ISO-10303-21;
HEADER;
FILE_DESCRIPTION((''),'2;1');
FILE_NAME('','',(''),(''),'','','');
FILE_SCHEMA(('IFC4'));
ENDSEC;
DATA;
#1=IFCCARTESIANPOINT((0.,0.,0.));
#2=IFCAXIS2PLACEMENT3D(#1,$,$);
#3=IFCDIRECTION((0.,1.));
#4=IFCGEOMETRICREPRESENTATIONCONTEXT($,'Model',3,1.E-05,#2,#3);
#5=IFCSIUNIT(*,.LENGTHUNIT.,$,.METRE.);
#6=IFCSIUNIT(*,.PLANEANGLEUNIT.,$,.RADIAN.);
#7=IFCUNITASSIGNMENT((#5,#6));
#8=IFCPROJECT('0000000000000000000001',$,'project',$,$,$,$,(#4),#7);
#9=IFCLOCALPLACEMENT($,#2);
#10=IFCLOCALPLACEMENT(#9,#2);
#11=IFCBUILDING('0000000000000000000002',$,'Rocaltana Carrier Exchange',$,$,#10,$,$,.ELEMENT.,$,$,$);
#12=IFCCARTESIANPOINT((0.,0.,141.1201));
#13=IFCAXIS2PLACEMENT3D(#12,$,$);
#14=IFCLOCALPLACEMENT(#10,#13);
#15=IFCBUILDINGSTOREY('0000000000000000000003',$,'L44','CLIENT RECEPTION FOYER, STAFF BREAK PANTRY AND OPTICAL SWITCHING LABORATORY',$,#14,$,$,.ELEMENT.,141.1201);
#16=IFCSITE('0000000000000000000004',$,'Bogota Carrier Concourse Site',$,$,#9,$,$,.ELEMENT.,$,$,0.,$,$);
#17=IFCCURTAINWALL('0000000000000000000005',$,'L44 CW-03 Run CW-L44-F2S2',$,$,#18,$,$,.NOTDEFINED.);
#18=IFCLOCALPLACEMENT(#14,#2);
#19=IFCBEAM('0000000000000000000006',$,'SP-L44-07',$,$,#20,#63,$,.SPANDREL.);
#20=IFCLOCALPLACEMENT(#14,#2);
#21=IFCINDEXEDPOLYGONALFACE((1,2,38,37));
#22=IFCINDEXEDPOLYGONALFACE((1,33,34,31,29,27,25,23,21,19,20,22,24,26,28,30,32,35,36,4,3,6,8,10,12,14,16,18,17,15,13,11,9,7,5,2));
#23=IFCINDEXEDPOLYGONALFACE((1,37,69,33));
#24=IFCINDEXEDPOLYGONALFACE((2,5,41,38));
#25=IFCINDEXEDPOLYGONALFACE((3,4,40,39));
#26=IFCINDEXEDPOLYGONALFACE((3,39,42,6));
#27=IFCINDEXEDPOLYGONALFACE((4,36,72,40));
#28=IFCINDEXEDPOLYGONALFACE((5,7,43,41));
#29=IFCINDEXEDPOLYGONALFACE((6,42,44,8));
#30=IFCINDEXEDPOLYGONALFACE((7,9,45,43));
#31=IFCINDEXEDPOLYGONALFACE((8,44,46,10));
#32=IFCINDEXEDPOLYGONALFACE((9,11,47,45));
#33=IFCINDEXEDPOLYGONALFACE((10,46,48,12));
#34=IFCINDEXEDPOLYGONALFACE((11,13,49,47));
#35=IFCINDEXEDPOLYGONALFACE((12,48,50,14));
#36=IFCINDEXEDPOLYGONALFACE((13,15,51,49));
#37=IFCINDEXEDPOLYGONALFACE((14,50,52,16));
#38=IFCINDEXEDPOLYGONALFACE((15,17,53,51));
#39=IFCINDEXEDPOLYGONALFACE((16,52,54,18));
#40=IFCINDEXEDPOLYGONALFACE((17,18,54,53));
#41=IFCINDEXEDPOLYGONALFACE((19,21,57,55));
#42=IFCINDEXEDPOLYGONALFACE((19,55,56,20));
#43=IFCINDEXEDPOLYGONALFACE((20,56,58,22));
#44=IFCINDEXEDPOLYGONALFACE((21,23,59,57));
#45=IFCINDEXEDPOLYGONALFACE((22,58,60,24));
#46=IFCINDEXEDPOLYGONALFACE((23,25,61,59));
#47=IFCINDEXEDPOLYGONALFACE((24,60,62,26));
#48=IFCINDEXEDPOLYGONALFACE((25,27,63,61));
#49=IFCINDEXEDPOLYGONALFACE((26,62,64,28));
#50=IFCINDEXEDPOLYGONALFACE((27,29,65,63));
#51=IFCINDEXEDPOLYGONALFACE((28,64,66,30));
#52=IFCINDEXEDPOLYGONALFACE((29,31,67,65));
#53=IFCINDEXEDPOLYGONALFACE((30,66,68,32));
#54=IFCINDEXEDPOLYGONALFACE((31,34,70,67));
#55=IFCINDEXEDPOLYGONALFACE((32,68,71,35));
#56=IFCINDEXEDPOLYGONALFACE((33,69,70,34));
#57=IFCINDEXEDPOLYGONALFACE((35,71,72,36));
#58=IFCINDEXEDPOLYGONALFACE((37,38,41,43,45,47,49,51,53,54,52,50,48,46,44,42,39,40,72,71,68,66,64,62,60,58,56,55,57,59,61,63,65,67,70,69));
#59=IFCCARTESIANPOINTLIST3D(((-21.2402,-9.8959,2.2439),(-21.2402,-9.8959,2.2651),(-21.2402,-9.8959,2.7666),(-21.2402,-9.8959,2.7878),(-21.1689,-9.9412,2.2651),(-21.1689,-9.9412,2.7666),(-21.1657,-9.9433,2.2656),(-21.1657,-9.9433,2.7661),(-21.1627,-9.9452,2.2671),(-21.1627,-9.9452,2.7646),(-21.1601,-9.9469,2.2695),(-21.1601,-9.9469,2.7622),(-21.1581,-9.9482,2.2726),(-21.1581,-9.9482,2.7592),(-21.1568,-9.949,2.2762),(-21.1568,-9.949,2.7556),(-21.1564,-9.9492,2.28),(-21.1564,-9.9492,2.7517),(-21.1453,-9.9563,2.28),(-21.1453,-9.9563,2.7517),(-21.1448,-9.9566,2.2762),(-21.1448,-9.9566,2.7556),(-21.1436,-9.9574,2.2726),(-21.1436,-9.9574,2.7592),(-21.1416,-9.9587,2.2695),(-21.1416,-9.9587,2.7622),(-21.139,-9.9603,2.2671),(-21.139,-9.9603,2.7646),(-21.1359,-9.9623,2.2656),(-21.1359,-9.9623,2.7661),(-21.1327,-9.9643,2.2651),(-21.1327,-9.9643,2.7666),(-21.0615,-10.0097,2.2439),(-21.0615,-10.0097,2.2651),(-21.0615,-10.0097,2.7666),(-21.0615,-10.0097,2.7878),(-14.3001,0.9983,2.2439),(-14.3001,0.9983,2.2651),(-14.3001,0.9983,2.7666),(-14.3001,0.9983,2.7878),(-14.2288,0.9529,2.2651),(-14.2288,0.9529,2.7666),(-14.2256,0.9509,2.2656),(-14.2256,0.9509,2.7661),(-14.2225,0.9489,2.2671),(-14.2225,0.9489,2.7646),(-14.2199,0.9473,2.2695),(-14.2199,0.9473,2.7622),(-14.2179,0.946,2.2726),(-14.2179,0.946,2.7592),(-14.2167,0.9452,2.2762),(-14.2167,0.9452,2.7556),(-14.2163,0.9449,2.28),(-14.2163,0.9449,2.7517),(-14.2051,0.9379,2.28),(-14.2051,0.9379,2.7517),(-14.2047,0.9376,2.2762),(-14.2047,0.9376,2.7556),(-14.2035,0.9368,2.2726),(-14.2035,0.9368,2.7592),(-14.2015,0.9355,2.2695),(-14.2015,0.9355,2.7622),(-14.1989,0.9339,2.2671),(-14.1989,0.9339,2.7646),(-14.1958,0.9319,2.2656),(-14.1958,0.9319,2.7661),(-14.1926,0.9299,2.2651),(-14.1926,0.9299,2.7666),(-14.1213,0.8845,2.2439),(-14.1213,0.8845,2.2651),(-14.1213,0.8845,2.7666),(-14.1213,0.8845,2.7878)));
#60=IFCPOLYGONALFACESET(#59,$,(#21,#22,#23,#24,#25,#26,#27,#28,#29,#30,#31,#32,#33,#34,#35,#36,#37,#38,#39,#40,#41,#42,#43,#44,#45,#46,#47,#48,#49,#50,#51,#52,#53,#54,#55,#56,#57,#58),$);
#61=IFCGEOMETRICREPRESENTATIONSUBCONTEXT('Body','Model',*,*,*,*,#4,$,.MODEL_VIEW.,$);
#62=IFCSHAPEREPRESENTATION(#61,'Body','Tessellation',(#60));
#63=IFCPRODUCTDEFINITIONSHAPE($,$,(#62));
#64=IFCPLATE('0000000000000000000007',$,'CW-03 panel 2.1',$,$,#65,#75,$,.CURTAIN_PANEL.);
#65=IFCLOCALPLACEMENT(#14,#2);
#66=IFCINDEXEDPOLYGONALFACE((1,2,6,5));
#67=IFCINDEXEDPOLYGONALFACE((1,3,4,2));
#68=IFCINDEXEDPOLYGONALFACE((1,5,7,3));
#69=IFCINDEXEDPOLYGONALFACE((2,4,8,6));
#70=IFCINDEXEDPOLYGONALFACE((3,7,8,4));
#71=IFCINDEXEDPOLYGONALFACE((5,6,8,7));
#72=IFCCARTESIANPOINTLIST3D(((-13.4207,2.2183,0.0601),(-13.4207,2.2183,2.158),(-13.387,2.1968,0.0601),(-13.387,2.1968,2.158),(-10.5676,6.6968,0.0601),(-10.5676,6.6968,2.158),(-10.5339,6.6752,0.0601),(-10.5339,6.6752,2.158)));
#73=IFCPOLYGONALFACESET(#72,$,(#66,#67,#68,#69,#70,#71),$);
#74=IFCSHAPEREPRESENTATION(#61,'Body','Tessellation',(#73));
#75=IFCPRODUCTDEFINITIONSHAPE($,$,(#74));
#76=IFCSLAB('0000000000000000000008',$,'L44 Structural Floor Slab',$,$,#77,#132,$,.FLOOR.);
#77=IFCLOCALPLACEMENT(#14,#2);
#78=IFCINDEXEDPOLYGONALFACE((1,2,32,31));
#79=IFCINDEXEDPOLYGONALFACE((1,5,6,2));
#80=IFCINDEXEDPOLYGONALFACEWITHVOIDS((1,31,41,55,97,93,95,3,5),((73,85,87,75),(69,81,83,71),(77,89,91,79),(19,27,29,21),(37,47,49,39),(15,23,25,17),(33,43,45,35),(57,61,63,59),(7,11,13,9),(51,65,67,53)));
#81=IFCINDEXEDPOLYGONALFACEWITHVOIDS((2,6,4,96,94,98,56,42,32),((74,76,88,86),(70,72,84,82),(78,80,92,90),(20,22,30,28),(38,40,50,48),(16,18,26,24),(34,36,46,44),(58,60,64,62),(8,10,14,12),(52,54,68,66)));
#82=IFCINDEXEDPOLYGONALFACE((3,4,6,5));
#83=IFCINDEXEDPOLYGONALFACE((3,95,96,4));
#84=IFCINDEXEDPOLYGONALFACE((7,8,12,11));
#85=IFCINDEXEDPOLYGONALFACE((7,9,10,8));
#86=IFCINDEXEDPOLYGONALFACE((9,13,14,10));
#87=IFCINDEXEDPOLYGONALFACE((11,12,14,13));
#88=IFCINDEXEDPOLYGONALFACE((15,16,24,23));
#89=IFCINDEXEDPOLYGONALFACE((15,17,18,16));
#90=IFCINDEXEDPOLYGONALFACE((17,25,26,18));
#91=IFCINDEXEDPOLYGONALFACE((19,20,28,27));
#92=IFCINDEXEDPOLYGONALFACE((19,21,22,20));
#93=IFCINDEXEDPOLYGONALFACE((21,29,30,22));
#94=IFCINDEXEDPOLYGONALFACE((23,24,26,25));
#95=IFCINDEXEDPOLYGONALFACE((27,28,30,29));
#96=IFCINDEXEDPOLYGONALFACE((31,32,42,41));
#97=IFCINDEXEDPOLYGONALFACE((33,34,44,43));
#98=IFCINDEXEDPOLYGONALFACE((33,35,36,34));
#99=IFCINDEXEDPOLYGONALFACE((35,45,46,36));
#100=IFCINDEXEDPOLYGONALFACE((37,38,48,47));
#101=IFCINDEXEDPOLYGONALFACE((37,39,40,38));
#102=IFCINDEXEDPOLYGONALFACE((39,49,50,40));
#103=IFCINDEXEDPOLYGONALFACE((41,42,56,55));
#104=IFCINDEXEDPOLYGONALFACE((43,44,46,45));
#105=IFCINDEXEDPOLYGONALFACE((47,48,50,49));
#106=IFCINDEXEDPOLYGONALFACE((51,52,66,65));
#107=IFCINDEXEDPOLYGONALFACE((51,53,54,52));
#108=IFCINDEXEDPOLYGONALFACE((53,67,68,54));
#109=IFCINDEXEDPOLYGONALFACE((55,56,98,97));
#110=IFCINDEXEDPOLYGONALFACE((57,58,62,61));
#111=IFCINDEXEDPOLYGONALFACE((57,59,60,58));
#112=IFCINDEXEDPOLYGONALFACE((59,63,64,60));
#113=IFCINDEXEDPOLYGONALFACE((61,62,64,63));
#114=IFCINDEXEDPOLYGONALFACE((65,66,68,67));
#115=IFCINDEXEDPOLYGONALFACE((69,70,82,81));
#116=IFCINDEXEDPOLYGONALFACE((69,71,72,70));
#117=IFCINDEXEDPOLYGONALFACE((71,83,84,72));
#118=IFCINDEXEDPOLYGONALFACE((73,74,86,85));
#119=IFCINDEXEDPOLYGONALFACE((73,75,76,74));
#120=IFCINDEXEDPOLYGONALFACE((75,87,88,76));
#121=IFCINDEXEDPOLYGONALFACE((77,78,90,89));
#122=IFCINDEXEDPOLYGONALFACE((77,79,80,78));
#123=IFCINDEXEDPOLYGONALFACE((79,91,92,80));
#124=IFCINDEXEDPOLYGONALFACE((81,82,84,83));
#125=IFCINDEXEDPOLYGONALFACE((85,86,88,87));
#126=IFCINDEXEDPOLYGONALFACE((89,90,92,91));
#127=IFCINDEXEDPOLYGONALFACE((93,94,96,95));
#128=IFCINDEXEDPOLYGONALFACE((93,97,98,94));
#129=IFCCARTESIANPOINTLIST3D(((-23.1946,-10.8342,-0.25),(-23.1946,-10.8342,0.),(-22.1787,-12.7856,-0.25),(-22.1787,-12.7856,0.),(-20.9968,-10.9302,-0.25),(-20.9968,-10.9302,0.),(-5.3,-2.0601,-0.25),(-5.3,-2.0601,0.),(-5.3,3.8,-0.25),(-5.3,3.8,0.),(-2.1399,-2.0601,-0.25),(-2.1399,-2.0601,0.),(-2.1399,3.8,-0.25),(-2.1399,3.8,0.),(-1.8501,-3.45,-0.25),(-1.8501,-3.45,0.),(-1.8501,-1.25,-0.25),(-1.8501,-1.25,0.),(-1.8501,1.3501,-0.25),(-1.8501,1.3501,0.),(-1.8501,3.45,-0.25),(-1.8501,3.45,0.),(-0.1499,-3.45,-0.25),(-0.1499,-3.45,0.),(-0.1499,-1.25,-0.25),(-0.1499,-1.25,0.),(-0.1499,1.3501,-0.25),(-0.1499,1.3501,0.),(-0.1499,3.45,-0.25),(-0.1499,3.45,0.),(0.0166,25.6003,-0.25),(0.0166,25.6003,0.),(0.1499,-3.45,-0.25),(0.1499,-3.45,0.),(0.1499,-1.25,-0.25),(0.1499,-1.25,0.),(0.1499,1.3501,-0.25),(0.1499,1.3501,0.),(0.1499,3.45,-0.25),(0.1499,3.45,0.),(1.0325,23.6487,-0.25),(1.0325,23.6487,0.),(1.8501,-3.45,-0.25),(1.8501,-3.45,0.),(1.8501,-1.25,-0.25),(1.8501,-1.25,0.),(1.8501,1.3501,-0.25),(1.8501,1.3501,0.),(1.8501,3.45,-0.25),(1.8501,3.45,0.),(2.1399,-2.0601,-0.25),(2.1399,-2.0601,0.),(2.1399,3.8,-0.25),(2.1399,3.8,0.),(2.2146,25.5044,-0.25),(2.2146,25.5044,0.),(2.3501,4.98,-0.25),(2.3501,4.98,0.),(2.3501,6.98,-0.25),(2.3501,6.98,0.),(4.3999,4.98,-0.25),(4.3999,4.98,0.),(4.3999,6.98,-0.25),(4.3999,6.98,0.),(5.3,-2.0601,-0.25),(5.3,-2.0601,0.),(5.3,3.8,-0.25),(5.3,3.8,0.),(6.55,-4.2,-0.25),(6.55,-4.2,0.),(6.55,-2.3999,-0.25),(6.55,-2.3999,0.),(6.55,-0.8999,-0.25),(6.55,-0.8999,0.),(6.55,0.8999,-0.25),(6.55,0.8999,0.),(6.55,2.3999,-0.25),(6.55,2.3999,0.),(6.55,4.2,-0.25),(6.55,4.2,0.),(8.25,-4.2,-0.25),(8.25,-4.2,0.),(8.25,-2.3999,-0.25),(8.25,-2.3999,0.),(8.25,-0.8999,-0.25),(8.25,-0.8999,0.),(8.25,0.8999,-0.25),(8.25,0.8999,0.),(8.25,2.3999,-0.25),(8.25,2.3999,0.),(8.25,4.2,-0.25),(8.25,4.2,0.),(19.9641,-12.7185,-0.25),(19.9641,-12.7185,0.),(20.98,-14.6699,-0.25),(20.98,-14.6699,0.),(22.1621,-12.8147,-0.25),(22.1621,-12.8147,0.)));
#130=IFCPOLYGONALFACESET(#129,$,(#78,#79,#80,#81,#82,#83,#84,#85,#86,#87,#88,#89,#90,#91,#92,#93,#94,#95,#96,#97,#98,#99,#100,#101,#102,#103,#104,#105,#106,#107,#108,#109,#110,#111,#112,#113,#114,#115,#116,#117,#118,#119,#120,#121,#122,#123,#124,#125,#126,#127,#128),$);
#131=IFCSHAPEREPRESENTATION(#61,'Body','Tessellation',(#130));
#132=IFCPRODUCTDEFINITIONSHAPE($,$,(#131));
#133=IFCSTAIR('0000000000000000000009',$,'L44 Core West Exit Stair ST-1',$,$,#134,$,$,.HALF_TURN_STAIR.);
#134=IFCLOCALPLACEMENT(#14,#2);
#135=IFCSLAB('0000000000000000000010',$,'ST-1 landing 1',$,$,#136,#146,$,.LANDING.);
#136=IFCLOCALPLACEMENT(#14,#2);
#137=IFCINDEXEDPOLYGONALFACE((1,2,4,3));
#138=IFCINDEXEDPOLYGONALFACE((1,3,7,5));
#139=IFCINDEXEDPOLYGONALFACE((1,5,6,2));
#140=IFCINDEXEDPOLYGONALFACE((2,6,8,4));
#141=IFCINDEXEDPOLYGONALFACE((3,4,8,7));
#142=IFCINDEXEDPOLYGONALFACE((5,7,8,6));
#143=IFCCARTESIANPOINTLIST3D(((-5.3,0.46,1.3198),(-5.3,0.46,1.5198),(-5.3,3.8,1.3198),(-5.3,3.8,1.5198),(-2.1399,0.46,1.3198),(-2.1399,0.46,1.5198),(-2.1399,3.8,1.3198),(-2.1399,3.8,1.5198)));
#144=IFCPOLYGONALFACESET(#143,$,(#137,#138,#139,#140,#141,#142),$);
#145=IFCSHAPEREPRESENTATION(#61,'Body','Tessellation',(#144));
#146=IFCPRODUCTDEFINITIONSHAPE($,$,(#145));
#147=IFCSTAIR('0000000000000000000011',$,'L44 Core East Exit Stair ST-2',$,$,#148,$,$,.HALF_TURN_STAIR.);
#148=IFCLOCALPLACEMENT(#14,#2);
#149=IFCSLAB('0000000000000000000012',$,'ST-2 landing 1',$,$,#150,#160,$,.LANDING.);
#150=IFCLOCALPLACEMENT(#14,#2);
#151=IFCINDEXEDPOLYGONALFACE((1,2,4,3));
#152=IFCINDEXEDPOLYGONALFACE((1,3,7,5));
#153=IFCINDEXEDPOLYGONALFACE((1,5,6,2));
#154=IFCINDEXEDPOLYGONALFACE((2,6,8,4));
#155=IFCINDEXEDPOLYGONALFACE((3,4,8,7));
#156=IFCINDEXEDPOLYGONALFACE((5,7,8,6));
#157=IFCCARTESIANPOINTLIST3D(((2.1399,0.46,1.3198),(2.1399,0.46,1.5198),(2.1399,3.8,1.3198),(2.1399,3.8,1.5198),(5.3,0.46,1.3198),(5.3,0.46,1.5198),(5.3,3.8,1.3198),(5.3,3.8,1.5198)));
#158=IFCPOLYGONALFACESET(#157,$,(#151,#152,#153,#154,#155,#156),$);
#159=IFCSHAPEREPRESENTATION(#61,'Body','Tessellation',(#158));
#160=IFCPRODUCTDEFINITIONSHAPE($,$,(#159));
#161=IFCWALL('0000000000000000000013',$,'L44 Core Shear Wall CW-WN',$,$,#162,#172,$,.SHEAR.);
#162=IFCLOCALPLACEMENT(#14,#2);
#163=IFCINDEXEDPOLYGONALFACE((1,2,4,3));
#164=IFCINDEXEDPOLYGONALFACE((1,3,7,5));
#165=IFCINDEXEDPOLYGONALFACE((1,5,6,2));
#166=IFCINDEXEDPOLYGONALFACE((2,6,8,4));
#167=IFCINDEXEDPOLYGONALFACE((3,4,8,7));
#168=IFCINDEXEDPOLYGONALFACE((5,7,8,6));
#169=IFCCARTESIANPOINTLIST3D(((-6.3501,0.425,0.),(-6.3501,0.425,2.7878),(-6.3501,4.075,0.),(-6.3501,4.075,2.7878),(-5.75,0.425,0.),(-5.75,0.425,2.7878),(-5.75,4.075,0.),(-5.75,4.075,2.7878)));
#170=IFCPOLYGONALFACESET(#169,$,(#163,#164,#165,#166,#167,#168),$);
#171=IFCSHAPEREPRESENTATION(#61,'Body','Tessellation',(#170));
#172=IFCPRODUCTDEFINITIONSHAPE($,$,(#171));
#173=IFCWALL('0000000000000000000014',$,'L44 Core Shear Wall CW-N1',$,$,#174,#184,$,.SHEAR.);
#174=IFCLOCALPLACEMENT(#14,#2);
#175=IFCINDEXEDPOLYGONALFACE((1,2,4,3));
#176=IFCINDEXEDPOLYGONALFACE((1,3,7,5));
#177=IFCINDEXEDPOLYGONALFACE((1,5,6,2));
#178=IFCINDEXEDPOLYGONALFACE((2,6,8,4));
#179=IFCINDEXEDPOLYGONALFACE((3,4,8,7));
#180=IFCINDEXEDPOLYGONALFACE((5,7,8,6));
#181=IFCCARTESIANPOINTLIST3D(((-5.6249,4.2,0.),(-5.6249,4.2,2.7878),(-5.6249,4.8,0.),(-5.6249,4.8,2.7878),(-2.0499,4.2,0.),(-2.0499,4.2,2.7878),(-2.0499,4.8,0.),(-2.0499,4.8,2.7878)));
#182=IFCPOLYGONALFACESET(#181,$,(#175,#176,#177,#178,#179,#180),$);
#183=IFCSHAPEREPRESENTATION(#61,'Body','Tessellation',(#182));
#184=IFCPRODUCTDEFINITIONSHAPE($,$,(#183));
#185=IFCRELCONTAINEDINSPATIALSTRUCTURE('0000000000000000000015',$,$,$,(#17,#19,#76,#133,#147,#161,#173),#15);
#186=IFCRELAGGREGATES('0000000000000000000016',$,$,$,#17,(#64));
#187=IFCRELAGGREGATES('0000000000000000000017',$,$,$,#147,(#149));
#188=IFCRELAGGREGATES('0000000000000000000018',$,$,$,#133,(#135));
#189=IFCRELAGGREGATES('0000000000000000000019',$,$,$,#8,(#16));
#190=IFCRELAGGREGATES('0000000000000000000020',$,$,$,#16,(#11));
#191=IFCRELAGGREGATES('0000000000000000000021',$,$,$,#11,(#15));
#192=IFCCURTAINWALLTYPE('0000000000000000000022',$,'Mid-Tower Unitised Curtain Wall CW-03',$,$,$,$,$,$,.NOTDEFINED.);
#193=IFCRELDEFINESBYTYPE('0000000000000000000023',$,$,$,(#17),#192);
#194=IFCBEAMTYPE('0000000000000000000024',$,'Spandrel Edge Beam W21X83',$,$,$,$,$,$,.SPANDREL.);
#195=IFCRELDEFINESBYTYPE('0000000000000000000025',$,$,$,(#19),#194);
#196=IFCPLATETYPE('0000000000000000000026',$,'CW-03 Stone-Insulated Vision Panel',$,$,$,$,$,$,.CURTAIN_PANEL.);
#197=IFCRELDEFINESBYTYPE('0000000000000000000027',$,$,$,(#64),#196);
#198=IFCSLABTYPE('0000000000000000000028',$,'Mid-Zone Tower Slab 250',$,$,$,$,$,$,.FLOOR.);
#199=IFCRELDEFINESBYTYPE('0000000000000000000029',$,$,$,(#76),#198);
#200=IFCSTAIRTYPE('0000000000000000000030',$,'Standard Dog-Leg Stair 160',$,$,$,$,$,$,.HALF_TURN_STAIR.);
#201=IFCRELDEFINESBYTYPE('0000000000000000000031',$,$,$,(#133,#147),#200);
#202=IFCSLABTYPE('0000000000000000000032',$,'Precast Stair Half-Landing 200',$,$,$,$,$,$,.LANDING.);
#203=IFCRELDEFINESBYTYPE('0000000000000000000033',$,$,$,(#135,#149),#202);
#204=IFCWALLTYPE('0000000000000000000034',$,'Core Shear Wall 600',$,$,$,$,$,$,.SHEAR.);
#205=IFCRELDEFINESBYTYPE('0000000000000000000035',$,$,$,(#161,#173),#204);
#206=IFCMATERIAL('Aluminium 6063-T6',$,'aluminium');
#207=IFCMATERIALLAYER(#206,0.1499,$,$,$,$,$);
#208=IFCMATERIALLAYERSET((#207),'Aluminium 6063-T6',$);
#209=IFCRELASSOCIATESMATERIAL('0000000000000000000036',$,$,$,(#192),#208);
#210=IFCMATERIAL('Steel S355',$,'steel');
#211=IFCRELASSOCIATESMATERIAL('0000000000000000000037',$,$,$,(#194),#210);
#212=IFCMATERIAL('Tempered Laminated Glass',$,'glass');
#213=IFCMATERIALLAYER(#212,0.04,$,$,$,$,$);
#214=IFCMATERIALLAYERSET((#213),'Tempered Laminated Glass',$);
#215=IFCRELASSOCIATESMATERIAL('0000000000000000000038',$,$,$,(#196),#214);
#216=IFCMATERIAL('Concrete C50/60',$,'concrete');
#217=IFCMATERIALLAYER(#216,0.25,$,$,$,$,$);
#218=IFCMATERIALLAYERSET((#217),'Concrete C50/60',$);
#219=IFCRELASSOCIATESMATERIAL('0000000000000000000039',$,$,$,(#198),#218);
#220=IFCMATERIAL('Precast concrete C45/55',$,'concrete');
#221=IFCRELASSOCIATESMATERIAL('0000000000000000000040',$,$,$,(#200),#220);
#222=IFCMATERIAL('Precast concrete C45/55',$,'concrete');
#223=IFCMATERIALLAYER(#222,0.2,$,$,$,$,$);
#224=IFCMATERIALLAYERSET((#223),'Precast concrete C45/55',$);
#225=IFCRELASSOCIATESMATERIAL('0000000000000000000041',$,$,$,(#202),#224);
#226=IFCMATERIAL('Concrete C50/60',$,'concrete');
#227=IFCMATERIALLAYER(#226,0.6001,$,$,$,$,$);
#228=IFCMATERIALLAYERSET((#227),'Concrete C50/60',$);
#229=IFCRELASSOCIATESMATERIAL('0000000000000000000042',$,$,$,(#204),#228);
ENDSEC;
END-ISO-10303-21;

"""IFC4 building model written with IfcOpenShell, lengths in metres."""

from ifc_helpers import new_model, si_unit, direction, frame, frame_2d, origin, origin_2d, place, context, subcontext, project, spatial, polyline, rectangle, i_section, outline, extrude, material, layer, layer_set, material_profile, profile_set, type_object, element, aggregate, save


model = new_model("IFC4")

# Units and contexts
model_context = context("Model", 3, precision=1e-05, world=origin(), true_north=direction((0.0, 1.0)))
body_context = subcontext(model_context, "Body", "Model", "MODEL_VIEW")
ifc_project = project(units=[si_unit("LENGTHUNIT", "METRE"), si_unit("PLANEANGLEUNIT", "RADIAN")], contexts=[model_context])

# Site, building, storey
site_placement = place(None, origin())
site = spatial("IfcSite", under=ifc_project, at=site_placement, Name="Bogota Carrier Concourse Site", CompositionType="ELEMENT", RefElevation=0.0)
building_placement = place(site_placement, origin())
building = spatial("IfcBuilding", under=site, at=building_placement, Name="Rocaltana Carrier Exchange", CompositionType="ELEMENT")
storey_placement = place(building_placement, frame((0.0, 0.0, 141.1201)))
storey = spatial("IfcBuildingStorey", under=building, at=storey_placement, Name="L44", Description="CLIENT RECEPTION FOYER, STAFF BREAK PANTRY AND OPTICAL SWITCHING LABORATORY", CompositionType="ELEMENT", Elevation=141.1201)

# Curtain wall
ifc_material_1 = material(Name="Aluminium 6063-T6", Category="aluminium")
ifc_layer_1 = layer(ifc_material_1, 0.1499)
ifc_layer_set_1 = layer_set([ifc_layer_1], Name="Aluminium 6063-T6")
curtain_wall_type = type_object("IfcCurtainWallType", Name="Mid-Tower Unitised Curtain Wall CW-03", PredefinedType="NOTDEFINED", material=ifc_layer_set_1)
curtain_wall_1_placement = place(storey_placement, origin())
curtain_wall_1 = element("IfcCurtainWall", 1, at=curtain_wall_1_placement, inside=storey, type_object=curtain_wall_type, Name="L44 CW-03 Run CW-L44-F2S2", PredefinedType="NOTDEFINED")

# Beam
ifc_material_2 = material(Name="Steel S355", Category="steel")
ifc_material_profile_1 = material_profile(ifc_material_2, i_section(OverallWidth=0.2119, OverallDepth=0.5439, WebThickness=0.0132, FlangeThickness=0.0212, FilletRadius=0.0149, at=origin_2d()), Name="W21X83")
ifc_profile_set_1 = profile_set([ifc_material_profile_1], Name="Steel S355")
beam_type_1 = type_object("IfcBeamType", Name="Spandrel Edge Beam W21X83", PredefinedType="SPANDREL", material=ifc_profile_set_1)
beam_1_placement = place(storey_placement, frame((-14.2107, 0.9414, 2.5159), z_axis=(-0.537286, -0.8434, 0.0), x_axis=(0.8434, -0.537286, 0.0)))
element("IfcBeam", 2, at=beam_1_placement, inside=storey, type_object=beam_type_1, Name="SP-L44-07", PredefinedType="SPANDREL", context=body_context, shape_type="SweptSolid", body=[
    extrude(i_section(OverallWidth=0.2119, OverallDepth=0.5439, WebThickness=0.0132, FlangeThickness=0.0212, FilletRadius=0.0149, at=origin_2d()), origin(), (0.0, 0.0, 1.0), 12.917),
])

# Plate
ifc_material_3 = material(Name="Tempered Laminated Glass", Category="glass")
ifc_layer_2 = layer(ifc_material_3, 0.04)
ifc_layer_set_2 = layer_set([ifc_layer_2], Name="Tempered Laminated Glass")
plate_type = type_object("IfcPlateType", Name="CW-03 Stone-Insulated Vision Panel", PredefinedType="CURTAIN_PANEL", material=ifc_layer_set_2)
plate_placement = place(storey_placement, frame((-11.9773, 4.4468, 0.0601), z_axis=(0.0, 0.0, 1.0), x_axis=(-0.537301, -0.843391, 0.0)))
plate = element("IfcPlate", 3, at=plate_placement, type_object=plate_type, Name="CW-03 panel 2.1", PredefinedType="CURTAIN_PANEL", context=body_context, shape_type="SweptSolid", body=[
    extrude(rectangle(XDim=5.3101, YDim=0.04, at=origin_2d()), origin(), (0.0, 0.0, 1.0), 2.0979),
])
aggregate(curtain_wall_1, [plate])

# Slab
ifc_material_4 = material(Name="Concrete C50/60", Category="concrete")
ifc_layer_3 = layer(ifc_material_4, 0.25)
ifc_layer_set_3 = layer_set([ifc_layer_3], Name="Concrete C50/60")
slab_type_1 = type_object("IfcSlabType", Name="Mid-Zone Tower Slab 250", PredefinedType="FLOOR", material=ifc_layer_set_3)
slab_1_placement = place(storey_placement, frame((0.0, 0.0, -0.25)))
element("IfcSlab", 4, at=slab_1_placement, inside=storey, type_object=slab_type_1, Name="L44 Structural Floor Slab", PredefinedType="FLOOR", context=body_context, shape_type="SweptSolid", body=[
    extrude(outline(polyline([(20.98, -14.6699), (19.9641, -12.7185), (22.1621, -12.8147), (2.2146, 25.5044), (1.0325, 23.6487), (0.0166, 25.6003), (-23.1946, -10.8342), (-20.9968, -10.9302), (-22.1787, -12.7856), (20.98, -14.6699)]), holes=[polyline([(-5.3, -2.0601), (-2.1399, -2.0601), (-2.1399, 3.8), (-5.3, 3.8), (-5.3, -2.0601)]), polyline([(2.1399, -2.0601), (5.3, -2.0601), (5.3, 3.8), (2.1399, 3.8), (2.1399, -2.0601)]), polyline([(-1.8501, -3.45), (-0.1499, -3.45), (-0.1499, -1.25), (-1.8501, -1.25), (-1.8501, -3.45)]), polyline([(0.1499, -3.45), (1.8501, -3.45), (1.8501, -1.25), (0.1499, -1.25), (0.1499, -3.45)]), polyline([(2.3501, 4.98), (4.3999, 4.98), (4.3999, 6.98), (2.3501, 6.98), (2.3501, 4.98)]), polyline([(-1.8501, 1.3501), (-0.1499, 1.3501), (-0.1499, 3.45), (-1.8501, 3.45), (-1.8501, 1.3501)]), polyline([(0.1499, 1.3501), (1.8501, 1.3501), (1.8501, 3.45), (0.1499, 3.45), (0.1499, 1.3501)]), polyline([(6.55, -4.2), (8.25, -4.2), (8.25, -2.3999), (6.55, -2.3999), (6.55, -4.2)]), polyline([(6.55, -0.8999), (8.25, -0.8999), (8.25, 0.8999), (6.55, 0.8999), (6.55, -0.8999)]), polyline([(6.55, 2.3999), (8.25, 2.3999), (8.25, 4.2), (6.55, 4.2), (6.55, 2.3999)])]), origin(), (0.0, 0.0, 1.0), 0.25),
])

# Stairs, slabs
ifc_material_5 = material(Name="Precast concrete C45/55", Category="concrete")
stair_type = type_object("IfcStairType", Name="Standard Dog-Leg Stair 160", PredefinedType="HALF_TURN_STAIR", material=ifc_material_5)
stair_1_placement = place(storey_placement, origin())
stair_1 = element("IfcStair", 5, at=stair_1_placement, inside=storey, type_object=stair_type, Name="L44 Core West Exit Stair ST-1", PredefinedType="HALF_TURN_STAIR")
ifc_material_6 = material(Name="Precast concrete C45/55", Category="concrete")
ifc_layer_4 = layer(ifc_material_6, 0.2)
ifc_layer_set_4 = layer_set([ifc_layer_4], Name="Precast concrete C45/55")
slab_type_2 = type_object("IfcSlabType", Name="Precast Stair Half-Landing 200", PredefinedType="LANDING", material=ifc_layer_set_4)
slab_2_placement = place(storey_placement, frame((0.0, 0.0, 1.3198)))
slab_2 = element("IfcSlab", 6, at=slab_2_placement, type_object=slab_type_2, Name="ST-1 landing 1", PredefinedType="LANDING", context=body_context, shape_type="SweptSolid", body=[
    extrude(outline(polyline([(-2.1399, 0.46), (-2.1399, 3.8), (-5.3, 3.8), (-5.3, 0.46), (-2.1399, 0.46)])), origin(), (0.0, 0.0, 1.0), 0.2),
])
stair_2_placement = place(storey_placement, origin())
stair_2 = element("IfcStair", 7, at=stair_2_placement, inside=storey, type_object=stair_type, Name="L44 Core East Exit Stair ST-2", PredefinedType="HALF_TURN_STAIR")
slab_3_placement = place(storey_placement, frame((0.0, 0.0, 1.3198)))
slab_3 = element("IfcSlab", 8, at=slab_3_placement, type_object=slab_type_2, Name="ST-2 landing 1", PredefinedType="LANDING", context=body_context, shape_type="SweptSolid", body=[
    extrude(outline(polyline([(5.3, 0.46), (5.3, 3.8), (2.1399, 3.8), (2.1399, 0.46), (5.3, 0.46)])), origin(), (0.0, 0.0, 1.0), 0.2),
])
aggregate(stair_2, [slab_3])

# Walls
ifc_material_7 = material(Name="Concrete C50/60", Category="concrete")
ifc_layer_5 = layer(ifc_material_7, 0.6001)
ifc_layer_set_5 = layer_set([ifc_layer_5], Name="Concrete C50/60")
wall_type_1 = type_object("IfcWallType", Name="Core Shear Wall 600", PredefinedType="SHEAR", material=ifc_layer_set_5)
wall_1_placement = place(storey_placement, frame((-6.05, 0.425, 0.0), z_axis=(0.0, 0.0, 1.0), x_axis=(0.0, 1.0, 0.0)))
element("IfcWall", 9, at=wall_1_placement, inside=storey, type_object=wall_type_1, Name="L44 Core Shear Wall CW-WN", PredefinedType="SHEAR", context=body_context, shape_type="SweptSolid", body=[
    extrude(rectangle(XDim=3.6499, YDim=0.6001, at=frame_2d((1.825, 0.0))), origin(), (0.0, 0.0, 1.0), 2.7878),
])
wall_2_placement = place(storey_placement, frame((-5.625, 4.5, 0.0), z_axis=(0.0, 0.0, 1.0), x_axis=(1.0, 0.0, 0.0)))
element("IfcWall", 10, at=wall_2_placement, inside=storey, type_object=wall_type_1, Name="L44 Core Shear Wall CW-N1", PredefinedType="SHEAR", context=body_context, shape_type="SweptSolid", body=[
    extrude(rectangle(XDim=3.575, YDim=0.6001, at=frame_2d((1.7876, 0.0))), origin(), (0.0, 0.0, 1.0), 2.7878),
])

aggregate(stair_1, [slab_2])

save(model, "model.ifc")
